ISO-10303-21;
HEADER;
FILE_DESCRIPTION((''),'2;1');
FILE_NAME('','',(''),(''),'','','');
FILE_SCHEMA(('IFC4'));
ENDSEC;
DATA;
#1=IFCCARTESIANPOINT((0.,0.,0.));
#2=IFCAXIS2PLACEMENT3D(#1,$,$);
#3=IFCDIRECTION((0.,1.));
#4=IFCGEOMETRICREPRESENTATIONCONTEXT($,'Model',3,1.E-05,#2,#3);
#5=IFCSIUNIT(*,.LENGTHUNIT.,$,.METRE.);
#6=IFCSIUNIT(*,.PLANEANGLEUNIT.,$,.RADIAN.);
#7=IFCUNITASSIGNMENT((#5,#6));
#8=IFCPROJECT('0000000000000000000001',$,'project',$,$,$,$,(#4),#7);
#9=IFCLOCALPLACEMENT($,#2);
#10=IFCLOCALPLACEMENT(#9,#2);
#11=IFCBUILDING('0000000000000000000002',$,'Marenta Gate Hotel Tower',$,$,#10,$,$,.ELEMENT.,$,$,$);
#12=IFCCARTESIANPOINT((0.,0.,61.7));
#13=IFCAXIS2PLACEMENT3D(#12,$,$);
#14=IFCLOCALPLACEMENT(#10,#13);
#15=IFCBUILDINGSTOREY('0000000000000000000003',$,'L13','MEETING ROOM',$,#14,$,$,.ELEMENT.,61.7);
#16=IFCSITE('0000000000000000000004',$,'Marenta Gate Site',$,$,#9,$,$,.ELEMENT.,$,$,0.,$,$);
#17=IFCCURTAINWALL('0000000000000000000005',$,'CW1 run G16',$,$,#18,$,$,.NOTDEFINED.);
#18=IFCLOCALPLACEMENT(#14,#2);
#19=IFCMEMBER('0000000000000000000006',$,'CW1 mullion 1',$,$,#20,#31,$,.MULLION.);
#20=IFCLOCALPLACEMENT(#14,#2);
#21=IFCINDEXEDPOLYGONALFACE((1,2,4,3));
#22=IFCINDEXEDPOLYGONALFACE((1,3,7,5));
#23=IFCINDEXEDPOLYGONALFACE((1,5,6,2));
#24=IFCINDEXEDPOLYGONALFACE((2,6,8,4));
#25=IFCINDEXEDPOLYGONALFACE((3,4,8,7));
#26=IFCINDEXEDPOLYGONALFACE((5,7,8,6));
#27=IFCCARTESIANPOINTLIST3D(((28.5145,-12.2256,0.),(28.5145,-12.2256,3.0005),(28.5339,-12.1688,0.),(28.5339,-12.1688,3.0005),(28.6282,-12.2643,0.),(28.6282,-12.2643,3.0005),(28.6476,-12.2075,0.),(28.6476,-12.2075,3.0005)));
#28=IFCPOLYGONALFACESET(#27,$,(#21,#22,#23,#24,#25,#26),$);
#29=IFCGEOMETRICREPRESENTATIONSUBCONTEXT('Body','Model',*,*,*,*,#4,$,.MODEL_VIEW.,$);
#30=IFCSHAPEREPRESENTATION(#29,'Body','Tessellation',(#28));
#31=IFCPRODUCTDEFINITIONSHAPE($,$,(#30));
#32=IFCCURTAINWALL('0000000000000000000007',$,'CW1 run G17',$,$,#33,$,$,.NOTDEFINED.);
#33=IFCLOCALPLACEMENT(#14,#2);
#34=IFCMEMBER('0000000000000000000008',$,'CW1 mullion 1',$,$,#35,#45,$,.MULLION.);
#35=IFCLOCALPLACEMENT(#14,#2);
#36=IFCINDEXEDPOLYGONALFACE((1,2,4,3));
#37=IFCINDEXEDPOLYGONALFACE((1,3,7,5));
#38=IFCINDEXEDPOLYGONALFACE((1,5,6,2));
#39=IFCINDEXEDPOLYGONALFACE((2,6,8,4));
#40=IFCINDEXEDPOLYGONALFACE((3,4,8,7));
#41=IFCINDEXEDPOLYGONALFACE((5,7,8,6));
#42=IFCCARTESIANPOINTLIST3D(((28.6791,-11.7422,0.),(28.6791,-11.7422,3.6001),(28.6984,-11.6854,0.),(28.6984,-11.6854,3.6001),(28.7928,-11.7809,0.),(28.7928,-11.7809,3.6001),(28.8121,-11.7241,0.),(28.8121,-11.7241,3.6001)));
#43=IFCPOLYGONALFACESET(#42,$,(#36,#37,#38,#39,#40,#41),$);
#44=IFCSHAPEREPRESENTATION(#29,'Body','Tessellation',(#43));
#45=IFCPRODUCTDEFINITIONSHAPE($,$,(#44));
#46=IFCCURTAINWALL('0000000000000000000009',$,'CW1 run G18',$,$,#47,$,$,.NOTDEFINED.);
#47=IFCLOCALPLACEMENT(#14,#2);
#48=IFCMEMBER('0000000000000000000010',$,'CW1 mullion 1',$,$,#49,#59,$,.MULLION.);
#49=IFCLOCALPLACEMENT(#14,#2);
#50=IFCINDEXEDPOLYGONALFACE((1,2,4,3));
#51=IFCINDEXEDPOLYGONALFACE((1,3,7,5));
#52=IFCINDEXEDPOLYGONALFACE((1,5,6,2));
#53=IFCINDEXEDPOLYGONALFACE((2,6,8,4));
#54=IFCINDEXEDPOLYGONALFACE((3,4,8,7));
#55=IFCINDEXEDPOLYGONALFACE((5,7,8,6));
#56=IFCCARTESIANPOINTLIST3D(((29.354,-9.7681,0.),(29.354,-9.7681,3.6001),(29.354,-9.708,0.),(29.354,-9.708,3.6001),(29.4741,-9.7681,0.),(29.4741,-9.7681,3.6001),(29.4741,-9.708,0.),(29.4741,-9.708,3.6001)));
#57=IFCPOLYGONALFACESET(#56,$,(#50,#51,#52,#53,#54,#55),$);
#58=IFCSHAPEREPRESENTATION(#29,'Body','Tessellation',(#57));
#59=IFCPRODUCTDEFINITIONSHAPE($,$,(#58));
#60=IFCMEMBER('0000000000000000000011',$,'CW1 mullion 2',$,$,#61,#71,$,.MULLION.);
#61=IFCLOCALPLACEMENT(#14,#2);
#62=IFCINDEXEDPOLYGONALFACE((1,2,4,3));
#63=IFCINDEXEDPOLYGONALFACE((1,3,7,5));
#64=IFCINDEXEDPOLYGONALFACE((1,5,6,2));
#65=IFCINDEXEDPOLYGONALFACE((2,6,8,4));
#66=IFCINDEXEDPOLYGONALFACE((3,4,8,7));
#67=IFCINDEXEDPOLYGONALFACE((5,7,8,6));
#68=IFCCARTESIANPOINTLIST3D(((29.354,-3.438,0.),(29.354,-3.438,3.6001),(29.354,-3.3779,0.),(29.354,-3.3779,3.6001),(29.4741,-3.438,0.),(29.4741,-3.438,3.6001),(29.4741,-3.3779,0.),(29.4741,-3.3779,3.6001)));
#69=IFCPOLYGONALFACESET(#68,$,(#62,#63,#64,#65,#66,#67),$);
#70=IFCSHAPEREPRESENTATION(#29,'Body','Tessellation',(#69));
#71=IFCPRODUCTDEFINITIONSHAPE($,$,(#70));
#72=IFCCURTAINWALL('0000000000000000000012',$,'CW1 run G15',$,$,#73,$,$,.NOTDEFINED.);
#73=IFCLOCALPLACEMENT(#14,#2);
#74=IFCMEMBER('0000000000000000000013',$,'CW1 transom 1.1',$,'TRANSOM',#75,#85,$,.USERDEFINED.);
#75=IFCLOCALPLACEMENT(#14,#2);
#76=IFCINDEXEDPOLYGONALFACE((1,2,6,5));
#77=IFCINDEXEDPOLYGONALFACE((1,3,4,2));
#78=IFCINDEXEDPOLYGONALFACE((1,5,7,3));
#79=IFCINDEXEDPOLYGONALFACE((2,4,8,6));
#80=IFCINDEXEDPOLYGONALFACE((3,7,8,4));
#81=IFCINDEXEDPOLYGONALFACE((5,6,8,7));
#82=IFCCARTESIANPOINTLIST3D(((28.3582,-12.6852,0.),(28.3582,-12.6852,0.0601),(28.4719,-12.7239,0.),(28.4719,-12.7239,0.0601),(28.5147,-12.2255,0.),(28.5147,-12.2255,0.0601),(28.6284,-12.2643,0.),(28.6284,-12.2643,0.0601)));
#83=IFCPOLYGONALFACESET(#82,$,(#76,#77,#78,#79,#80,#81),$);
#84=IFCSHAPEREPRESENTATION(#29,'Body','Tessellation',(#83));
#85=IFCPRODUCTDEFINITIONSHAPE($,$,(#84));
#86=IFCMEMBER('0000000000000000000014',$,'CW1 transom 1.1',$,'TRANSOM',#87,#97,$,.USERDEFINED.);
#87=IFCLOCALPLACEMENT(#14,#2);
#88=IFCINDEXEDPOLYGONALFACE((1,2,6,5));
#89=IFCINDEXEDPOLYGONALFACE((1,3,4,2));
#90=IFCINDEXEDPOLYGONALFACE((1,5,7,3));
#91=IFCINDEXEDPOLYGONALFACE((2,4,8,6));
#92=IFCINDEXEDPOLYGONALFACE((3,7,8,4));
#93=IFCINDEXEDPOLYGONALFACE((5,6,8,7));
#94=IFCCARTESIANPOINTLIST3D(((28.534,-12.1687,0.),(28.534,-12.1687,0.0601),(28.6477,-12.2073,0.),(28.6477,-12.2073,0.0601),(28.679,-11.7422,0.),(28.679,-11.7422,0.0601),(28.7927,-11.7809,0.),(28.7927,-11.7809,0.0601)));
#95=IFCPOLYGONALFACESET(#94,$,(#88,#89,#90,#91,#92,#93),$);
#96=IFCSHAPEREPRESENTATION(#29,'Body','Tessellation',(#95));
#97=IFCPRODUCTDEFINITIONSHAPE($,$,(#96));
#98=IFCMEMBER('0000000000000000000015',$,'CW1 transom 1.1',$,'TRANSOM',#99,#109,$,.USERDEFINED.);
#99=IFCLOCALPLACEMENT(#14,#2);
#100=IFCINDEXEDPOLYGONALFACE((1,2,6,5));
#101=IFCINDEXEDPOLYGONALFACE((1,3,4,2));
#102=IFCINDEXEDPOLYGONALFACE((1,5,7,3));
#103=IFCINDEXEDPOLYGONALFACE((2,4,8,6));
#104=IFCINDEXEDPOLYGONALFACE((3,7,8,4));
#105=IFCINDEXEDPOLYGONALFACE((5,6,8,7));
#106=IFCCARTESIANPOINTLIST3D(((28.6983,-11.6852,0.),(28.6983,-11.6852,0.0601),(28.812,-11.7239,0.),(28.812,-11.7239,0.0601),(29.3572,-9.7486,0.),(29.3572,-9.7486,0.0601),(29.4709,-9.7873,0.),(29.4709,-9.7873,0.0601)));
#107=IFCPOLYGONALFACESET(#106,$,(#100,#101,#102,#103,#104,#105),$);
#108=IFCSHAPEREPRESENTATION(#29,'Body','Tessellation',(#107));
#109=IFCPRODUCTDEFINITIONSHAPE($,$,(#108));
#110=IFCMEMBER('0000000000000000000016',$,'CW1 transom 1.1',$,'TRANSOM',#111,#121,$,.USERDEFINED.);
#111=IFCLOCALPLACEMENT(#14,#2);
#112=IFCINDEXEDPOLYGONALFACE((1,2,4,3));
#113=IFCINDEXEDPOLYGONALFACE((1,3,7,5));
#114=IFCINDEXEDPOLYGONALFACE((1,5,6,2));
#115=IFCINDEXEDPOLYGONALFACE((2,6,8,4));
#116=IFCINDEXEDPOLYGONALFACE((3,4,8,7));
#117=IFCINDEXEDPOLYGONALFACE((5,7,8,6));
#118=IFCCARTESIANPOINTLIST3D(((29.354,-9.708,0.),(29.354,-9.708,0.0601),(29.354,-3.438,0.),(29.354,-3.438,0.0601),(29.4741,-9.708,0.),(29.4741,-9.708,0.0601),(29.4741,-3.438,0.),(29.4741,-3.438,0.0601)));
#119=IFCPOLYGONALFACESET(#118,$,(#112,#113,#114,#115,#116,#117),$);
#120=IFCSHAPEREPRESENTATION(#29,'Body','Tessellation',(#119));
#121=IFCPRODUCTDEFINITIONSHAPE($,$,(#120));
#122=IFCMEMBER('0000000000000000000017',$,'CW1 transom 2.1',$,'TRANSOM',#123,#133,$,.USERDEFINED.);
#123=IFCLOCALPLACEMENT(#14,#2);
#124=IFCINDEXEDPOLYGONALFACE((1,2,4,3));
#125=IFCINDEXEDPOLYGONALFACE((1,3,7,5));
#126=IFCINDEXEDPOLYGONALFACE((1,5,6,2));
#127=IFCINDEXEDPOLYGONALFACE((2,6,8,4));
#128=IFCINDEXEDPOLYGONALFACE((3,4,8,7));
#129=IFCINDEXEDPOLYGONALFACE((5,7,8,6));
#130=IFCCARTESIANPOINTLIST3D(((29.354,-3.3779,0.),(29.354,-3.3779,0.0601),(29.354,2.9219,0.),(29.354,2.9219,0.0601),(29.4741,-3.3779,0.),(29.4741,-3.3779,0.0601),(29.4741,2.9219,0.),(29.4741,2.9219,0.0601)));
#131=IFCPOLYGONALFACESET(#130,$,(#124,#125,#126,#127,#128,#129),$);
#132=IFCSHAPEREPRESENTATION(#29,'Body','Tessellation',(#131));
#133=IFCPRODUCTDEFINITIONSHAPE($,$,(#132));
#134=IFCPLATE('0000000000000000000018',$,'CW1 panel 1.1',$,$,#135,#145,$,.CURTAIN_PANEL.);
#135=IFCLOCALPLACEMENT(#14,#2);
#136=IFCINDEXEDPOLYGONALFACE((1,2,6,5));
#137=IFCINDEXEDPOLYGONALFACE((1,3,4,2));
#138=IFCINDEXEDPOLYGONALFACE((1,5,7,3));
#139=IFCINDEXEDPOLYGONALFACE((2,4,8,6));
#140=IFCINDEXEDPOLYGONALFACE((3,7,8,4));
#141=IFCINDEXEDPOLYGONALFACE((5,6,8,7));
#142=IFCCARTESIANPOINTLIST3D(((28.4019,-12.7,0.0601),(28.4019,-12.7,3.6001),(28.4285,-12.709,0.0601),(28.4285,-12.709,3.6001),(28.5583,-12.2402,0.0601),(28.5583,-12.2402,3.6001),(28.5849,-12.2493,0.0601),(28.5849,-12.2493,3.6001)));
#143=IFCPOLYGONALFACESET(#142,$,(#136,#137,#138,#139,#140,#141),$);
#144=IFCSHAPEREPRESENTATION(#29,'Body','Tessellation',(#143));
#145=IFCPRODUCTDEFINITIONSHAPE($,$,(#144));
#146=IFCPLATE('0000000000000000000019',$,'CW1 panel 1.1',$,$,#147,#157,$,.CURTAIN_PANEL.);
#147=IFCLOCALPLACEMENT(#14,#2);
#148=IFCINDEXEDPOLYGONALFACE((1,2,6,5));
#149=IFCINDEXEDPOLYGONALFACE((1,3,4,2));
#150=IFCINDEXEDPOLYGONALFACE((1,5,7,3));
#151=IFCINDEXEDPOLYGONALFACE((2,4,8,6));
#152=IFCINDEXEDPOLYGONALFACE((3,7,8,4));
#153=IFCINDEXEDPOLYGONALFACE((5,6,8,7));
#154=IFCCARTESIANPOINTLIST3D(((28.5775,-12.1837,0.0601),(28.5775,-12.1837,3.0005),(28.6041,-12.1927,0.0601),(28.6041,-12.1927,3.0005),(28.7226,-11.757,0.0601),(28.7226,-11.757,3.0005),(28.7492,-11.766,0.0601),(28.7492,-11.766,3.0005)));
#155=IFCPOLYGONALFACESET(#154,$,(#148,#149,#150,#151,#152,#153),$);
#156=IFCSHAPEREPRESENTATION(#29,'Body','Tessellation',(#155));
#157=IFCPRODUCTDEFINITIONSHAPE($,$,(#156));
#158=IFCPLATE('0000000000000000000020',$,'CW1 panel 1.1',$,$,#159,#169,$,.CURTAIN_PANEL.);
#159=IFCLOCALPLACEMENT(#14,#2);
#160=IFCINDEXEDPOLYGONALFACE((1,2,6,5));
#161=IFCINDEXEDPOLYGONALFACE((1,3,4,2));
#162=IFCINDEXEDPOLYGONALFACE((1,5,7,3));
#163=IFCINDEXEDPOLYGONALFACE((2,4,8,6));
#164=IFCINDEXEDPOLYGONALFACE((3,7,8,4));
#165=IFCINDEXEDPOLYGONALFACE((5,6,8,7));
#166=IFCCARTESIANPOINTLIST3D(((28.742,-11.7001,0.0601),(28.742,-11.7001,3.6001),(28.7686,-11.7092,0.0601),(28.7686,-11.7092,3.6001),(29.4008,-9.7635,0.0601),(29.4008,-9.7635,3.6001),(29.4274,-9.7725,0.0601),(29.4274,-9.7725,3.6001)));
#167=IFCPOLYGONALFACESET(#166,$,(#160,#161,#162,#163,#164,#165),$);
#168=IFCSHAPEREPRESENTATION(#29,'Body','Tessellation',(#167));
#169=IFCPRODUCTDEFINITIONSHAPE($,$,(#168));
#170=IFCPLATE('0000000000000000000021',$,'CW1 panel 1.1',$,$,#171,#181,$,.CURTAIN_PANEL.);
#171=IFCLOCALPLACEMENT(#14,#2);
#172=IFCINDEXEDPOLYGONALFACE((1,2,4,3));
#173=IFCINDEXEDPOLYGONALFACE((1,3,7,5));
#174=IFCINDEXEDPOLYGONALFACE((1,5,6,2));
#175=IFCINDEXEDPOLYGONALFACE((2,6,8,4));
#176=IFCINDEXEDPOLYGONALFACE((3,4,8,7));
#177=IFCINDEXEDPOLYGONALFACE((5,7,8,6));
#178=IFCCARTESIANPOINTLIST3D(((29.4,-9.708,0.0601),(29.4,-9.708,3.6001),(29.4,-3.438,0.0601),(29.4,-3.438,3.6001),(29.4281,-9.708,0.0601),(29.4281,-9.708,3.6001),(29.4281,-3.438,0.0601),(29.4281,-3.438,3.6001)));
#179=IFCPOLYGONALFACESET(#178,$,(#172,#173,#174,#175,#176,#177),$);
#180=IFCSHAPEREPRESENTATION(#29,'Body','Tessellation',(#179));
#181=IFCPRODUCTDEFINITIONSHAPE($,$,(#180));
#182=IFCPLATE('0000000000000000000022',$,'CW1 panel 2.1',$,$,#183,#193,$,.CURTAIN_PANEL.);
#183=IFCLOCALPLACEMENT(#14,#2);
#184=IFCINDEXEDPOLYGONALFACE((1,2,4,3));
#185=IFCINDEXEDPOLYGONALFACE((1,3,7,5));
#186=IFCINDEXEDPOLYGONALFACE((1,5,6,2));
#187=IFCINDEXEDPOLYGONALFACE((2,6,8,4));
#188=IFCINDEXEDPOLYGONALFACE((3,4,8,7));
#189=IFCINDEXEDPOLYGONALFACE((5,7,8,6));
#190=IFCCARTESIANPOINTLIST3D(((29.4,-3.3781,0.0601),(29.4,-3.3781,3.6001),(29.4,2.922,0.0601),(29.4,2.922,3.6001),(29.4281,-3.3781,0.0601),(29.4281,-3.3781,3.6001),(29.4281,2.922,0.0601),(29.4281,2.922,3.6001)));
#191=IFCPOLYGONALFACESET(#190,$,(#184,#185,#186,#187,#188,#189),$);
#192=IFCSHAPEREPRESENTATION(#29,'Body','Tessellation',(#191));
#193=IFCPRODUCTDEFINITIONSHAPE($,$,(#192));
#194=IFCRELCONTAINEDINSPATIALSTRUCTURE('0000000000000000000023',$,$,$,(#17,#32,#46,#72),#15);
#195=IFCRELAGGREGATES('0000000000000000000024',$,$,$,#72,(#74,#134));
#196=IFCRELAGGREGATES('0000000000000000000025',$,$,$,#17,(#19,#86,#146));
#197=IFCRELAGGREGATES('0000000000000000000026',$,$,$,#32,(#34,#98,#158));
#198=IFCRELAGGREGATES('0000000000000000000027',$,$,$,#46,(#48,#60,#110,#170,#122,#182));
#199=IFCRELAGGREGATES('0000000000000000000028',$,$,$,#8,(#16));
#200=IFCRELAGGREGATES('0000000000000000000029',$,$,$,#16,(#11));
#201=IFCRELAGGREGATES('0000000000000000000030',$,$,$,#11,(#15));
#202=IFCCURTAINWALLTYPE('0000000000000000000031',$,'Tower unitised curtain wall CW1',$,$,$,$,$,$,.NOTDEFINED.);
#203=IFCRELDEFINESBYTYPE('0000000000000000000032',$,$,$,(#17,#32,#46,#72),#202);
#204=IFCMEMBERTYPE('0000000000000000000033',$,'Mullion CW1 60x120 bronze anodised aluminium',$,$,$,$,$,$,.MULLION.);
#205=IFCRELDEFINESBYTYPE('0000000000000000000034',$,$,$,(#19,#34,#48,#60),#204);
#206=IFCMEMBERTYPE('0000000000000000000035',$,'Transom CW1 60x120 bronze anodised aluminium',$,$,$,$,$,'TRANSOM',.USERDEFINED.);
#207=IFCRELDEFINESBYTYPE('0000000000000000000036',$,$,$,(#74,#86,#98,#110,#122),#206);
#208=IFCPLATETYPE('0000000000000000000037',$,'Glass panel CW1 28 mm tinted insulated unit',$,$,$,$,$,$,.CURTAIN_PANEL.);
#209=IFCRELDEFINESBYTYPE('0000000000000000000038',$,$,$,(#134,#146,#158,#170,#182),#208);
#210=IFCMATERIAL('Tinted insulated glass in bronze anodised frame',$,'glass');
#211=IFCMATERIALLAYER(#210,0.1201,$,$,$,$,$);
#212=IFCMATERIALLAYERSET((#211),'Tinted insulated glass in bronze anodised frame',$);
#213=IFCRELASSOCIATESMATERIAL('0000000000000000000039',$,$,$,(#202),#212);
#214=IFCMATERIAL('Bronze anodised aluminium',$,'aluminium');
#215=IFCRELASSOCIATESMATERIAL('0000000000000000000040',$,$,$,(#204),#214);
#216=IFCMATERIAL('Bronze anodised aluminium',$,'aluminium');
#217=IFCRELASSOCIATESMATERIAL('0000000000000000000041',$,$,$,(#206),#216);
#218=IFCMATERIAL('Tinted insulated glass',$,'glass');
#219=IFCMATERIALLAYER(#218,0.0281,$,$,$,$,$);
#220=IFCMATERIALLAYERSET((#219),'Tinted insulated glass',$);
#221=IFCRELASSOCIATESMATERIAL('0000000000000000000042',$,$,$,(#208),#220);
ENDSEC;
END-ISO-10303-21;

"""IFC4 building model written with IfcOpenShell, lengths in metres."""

from ifc_helpers import new_model, si_unit, direction, frame, origin, origin_2d, place, context, subcontext, project, spatial, rectangle, extrude, material, layer, layer_set, material_profile, profile_set, type_object, element, aggregate, save


model = new_model("IFC4")

# Units and contexts
model_context = context("Model", 3, precision=1e-05, world=origin(), true_north=direction((0.0, 1.0)))
body_context = subcontext(model_context, "Body", "Model", "MODEL_VIEW")
ifc_project = project(units=[si_unit("LENGTHUNIT", "METRE"), si_unit("PLANEANGLEUNIT", "RADIAN")], contexts=[model_context])

# Site, building, storey
site_placement = place(None, origin())
site = spatial("IfcSite", under=ifc_project, at=site_placement, Name="Marenta Gate Site", CompositionType="ELEMENT", RefElevation=0.0)
building_placement = place(site_placement, origin())
building = spatial("IfcBuilding", under=site, at=building_placement, Name="Marenta Gate Hotel Tower", CompositionType="ELEMENT")
storey_placement = place(building_placement, frame((0.0, 0.0, 61.7)))
storey = spatial("IfcBuildingStorey", under=building, at=storey_placement, Name="L13", Description="MEETING ROOM", CompositionType="ELEMENT", Elevation=61.7)

# Curtain walls, members
ifc_material_1 = material(Name="Tinted insulated glass in bronze anodised frame", Category="glass")
ifc_layer_1 = layer(ifc_material_1, 0.1201)
ifc_layer_set_1 = layer_set([ifc_layer_1], Name="Tinted insulated glass in bronze anodised frame")
curtain_wall_type = type_object("IfcCurtainWallType", Name="Tower unitised curtain wall CW1", PredefinedType="NOTDEFINED", material=ifc_layer_set_1)
curtain_wall_1_placement = place(storey_placement, origin())
curtain_wall_1 = element("IfcCurtainWall", 1, at=curtain_wall_1_placement, inside=storey, type_object=curtain_wall_type, Name="CW1 run G16", PredefinedType="NOTDEFINED")
ifc_material_2 = material(Name="Bronze anodised aluminium", Category="aluminium")
ifc_material_profile_1 = material_profile(ifc_material_2, rectangle(XDim=0.1201, YDim=0.0601, at=origin_2d()), Name="Mullion CW1 60x120 bronze anodised aluminium")
ifc_profile_set_1 = profile_set([ifc_material_profile_1], Name="Bronze anodised aluminium")
member_type_1 = type_object("IfcMemberType", Name="Mullion CW1 60x120 bronze anodised aluminium", PredefinedType="MULLION", material=ifc_profile_set_1)
member_1_placement = place(storey_placement, frame((28.5811, -12.2166, 0.0), z_axis=(0.0, 0.0, 1.0), x_axis=(-0.946746, 0.32198, 0.0)))
member_1 = element("IfcMember", 2, at=member_1_placement, type_object=member_type_1, Name="CW1 mullion 1", PredefinedType="MULLION", context=body_context, shape_type="SweptSolid", body=[
    extrude(rectangle(XDim=0.1201, YDim=0.0601, at=origin_2d()), origin(), (0.0, 0.0, 1.0), 3.0005),
])
curtain_wall_2_placement = place(storey_placement, origin())
curtain_wall_2 = element("IfcCurtainWall", 3, at=curtain_wall_2_placement, inside=storey, type_object=curtain_wall_type, Name="CW1 run G17", PredefinedType="NOTDEFINED")
member_2_placement = place(storey_placement, frame((28.7456, -11.7332, 0.0), z_axis=(0.0, 0.0, 1.0), x_axis=(-0.946728, 0.322035, 0.0)))
member_2 = element("IfcMember", 4, at=member_2_placement, type_object=member_type_1, Name="CW1 mullion 1", PredefinedType="MULLION", context=body_context, shape_type="SweptSolid", body=[
    extrude(rectangle(XDim=0.1201, YDim=0.0601, at=origin_2d()), origin(), (0.0, 0.0, 1.0), 3.6001),
])

# Curtain wall, members
curtain_wall_3_placement = place(storey_placement, origin())
curtain_wall_3 = element("IfcCurtainWall", 5, at=curtain_wall_3_placement, inside=storey, type_object=curtain_wall_type, Name="CW1 run G18", PredefinedType="NOTDEFINED")
member_3_placement = place(storey_placement, frame((29.4141, -9.738, 0.0), z_axis=(0.0, 0.0, 1.0), x_axis=(-1.0, 0.0, 0.0)))
member_3 = element("IfcMember", 6, at=member_3_placement, type_object=member_type_1, Name="CW1 mullion 1", PredefinedType="MULLION", context=body_context, shape_type="SweptSolid", body=[
    extrude(rectangle(XDim=0.1201, YDim=0.0601, at=origin_2d()), origin(), (0.0, 0.0, 1.0), 3.6001),
])
member_4_placement = place(storey_placement, frame((29.4141, -3.408, 0.0), z_axis=(0.0, 0.0, 1.0), x_axis=(-1.0, 0.0, 0.0)))
member_4 = element("IfcMember", 7, at=member_4_placement, type_object=member_type_1, Name="CW1 mullion 2", PredefinedType="MULLION", context=body_context, shape_type="SweptSolid", body=[
    extrude(rectangle(XDim=0.1201, YDim=0.0601, at=origin_2d()), origin(), (0.0, 0.0, 1.0), 3.6001),
])

# Curtain wall, member
curtain_wall_4_placement = place(storey_placement, origin())
curtain_wall_4 = element("IfcCurtainWall", 8, at=curtain_wall_4_placement, inside=storey, type_object=curtain_wall_type, Name="CW1 run G15", PredefinedType="NOTDEFINED")
ifc_material_3 = material(Name="Bronze anodised aluminium", Category="aluminium")
ifc_material_profile_2 = material_profile(ifc_material_3, rectangle(XDim=0.1201, YDim=0.0601, at=origin_2d()), Name="Transom CW1 60x120 bronze anodised aluminium")
ifc_profile_set_2 = profile_set([ifc_material_profile_2], Name="Bronze anodised aluminium")
member_type_2 = type_object("IfcMemberType", Name="Transom CW1 60x120 bronze anodised aluminium", ElementType="TRANSOM", PredefinedType="USERDEFINED", material=ifc_profile_set_2)
member_5_placement = place(storey_placement, frame((28.415, -12.7046, 0.03), z_axis=(0.322254, 0.946653, 0.0), x_axis=(-0.946653, 0.322254, 0.0)))
member_5 = element("IfcMember", 9, at=member_5_placement, type_object=member_type_2, Name="CW1 transom 1.1", ObjectType="TRANSOM", PredefinedType="USERDEFINED", context=body_context, shape_type="SweptSolid", body=[
    extrude(rectangle(XDim=0.1201, YDim=0.0601, at=origin_2d()), origin(), (0.0, 0.0, 1.0), 0.4856),
])

# Members
member_6_placement = place(storey_placement, frame((28.5908, -12.188, 0.03), z_axis=(0.321912, 0.946769, 0.0), x_axis=(-0.946769, 0.321912, 0.0)))
member_6 = element("IfcMember", 10, at=member_6_placement, type_object=member_type_2, Name="CW1 transom 1.1", ObjectType="TRANSOM", PredefinedType="USERDEFINED", context=body_context, shape_type="SweptSolid", body=[
    extrude(rectangle(XDim=0.1201, YDim=0.0601, at=origin_2d()), origin(), (0.0, 0.0, 1.0), 0.4504),
])
member_7_placement = place(storey_placement, frame((28.7551, -11.7046, 0.03), z_axis=(0.32213, 0.946696, 0.0), x_axis=(-0.946696, 0.32213, 0.0)))
member_7 = element("IfcMember", 11, at=member_7_placement, type_object=member_type_2, Name="CW1 transom 1.1", ObjectType="TRANSOM", PredefinedType="USERDEFINED", context=body_context, shape_type="SweptSolid", body=[
    extrude(rectangle(XDim=0.1201, YDim=0.0601, at=origin_2d()), origin(), (0.0, 0.0, 1.0), 2.0457),
])
member_8_placement = place(storey_placement, frame((29.4141, -9.708, 0.03), z_axis=(0.0, 1.0, 0.0), x_axis=(-1.0, 0.0, 0.0)))
member_8 = element("IfcMember", 12, at=member_8_placement, type_object=member_type_2, Name="CW1 transom 1.1", ObjectType="TRANSOM", PredefinedType="USERDEFINED", context=body_context, shape_type="SweptSolid", body=[
    extrude(rectangle(XDim=0.1201, YDim=0.0601, at=origin_2d()), origin(), (0.0, 0.0, 1.0), 6.27),
])
member_9_placement = place(storey_placement, frame((29.4141, -3.3779, 0.03), z_axis=(0.0, 1.0, 0.0), x_axis=(-1.0, 0.0, 0.0)))
member_9 = element("IfcMember", 13, at=member_9_placement, type_object=member_type_2, Name="CW1 transom 2.1", ObjectType="TRANSOM", PredefinedType="USERDEFINED", context=body_context, shape_type="SweptSolid", body=[
    extrude(rectangle(XDim=0.1201, YDim=0.0601, at=origin_2d()), origin(), (0.0, 0.0, 1.0), 6.2998),
])

# Plates
ifc_material_4 = material(Name="Tinted insulated glass", Category="glass")
ifc_layer_2 = layer(ifc_material_4, 0.0281)
ifc_layer_set_2 = layer_set([ifc_layer_2], Name="Tinted insulated glass")
plate_type = type_object("IfcPlateType", Name="Glass panel CW1 28 mm tinted insulated unit", PredefinedType="CURTAIN_PANEL", material=ifc_layer_set_2)
plate_1_placement = place(storey_placement, frame((28.4934, -12.4746, 0.0601), z_axis=(0.0, 0.0, 1.0), x_axis=(0.322051, 0.946722, 0.0)))
plate_1 = element("IfcPlate", 14, at=plate_1_placement, type_object=plate_type, Name="CW1 panel 1.1", PredefinedType="CURTAIN_PANEL", context=body_context, shape_type="SweptSolid", body=[
    extrude(rectangle(XDim=0.4856, YDim=0.0281, at=origin_2d()), origin(), (0.0, 0.0, 1.0), 3.54),
])
aggregate(curtain_wall_4, [member_5, plate_1])
plate_2_placement = place(storey_placement, frame((28.6633, -11.9749, 0.0601), z_axis=(0.0, 0.0, 1.0), x_axis=(0.32198, 0.946746, 0.0)))
plate_2 = element("IfcPlate", 15, at=plate_2_placement, type_object=plate_type, Name="CW1 panel 1.1", PredefinedType="CURTAIN_PANEL", context=body_context, shape_type="SweptSolid", body=[
    extrude(rectangle(XDim=0.4507, YDim=0.0281, at=origin_2d()), origin(), (0.0, 0.0, 1.0), 2.9404),
])
aggregate(curtain_wall_1, [member_1, member_6, plate_2])
plate_3_placement = place(storey_placement, frame((29.0847, -10.7363, 0.0601), z_axis=(0.0, 0.0, 1.0), x_axis=(0.322035, 0.946728, 0.0)))
plate_3 = element("IfcPlate", 16, at=plate_3_placement, type_object=plate_type, Name="CW1 panel 1.1", PredefinedType="CURTAIN_PANEL", context=body_context, shape_type="SweptSolid", body=[
    extrude(rectangle(XDim=2.0457, YDim=0.0281, at=origin_2d()), origin(), (0.0, 0.0, 1.0), 3.54),
])
aggregate(curtain_wall_2, [member_2, member_7, plate_3])
plate_4_placement = place(storey_placement, frame((29.4141, -6.573, 0.0601), z_axis=(0.0, 0.0, 1.0), x_axis=(0.0, 1.0, 0.0)))
plate_4 = element("IfcPlate", 17, at=plate_4_placement, type_object=plate_type, Name="CW1 panel 1.1", PredefinedType="CURTAIN_PANEL", context=body_context, shape_type="SweptSolid", body=[
    extrude(rectangle(XDim=6.27, YDim=0.0281, at=origin_2d()), origin(), (0.0, 0.0, 1.0), 3.54),
])
plate_5_placement = place(storey_placement, frame((29.4141, -0.228, 0.0601), z_axis=(0.0, 0.0, 1.0), x_axis=(0.0, 1.0, 0.0)))
plate_5 = element("IfcPlate", 18, at=plate_5_placement, type_object=plate_type, Name="CW1 panel 2.1", PredefinedType="CURTAIN_PANEL", context=body_context, shape_type="SweptSolid", body=[
    extrude(rectangle(XDim=6.3, YDim=0.0281, at=origin_2d()), origin(), (0.0, 0.0, 1.0), 3.54),
])
aggregate(curtain_wall_3, [member_3, member_4, member_8, plate_4, member_9, plate_5])

save(model, "model.ifc")
